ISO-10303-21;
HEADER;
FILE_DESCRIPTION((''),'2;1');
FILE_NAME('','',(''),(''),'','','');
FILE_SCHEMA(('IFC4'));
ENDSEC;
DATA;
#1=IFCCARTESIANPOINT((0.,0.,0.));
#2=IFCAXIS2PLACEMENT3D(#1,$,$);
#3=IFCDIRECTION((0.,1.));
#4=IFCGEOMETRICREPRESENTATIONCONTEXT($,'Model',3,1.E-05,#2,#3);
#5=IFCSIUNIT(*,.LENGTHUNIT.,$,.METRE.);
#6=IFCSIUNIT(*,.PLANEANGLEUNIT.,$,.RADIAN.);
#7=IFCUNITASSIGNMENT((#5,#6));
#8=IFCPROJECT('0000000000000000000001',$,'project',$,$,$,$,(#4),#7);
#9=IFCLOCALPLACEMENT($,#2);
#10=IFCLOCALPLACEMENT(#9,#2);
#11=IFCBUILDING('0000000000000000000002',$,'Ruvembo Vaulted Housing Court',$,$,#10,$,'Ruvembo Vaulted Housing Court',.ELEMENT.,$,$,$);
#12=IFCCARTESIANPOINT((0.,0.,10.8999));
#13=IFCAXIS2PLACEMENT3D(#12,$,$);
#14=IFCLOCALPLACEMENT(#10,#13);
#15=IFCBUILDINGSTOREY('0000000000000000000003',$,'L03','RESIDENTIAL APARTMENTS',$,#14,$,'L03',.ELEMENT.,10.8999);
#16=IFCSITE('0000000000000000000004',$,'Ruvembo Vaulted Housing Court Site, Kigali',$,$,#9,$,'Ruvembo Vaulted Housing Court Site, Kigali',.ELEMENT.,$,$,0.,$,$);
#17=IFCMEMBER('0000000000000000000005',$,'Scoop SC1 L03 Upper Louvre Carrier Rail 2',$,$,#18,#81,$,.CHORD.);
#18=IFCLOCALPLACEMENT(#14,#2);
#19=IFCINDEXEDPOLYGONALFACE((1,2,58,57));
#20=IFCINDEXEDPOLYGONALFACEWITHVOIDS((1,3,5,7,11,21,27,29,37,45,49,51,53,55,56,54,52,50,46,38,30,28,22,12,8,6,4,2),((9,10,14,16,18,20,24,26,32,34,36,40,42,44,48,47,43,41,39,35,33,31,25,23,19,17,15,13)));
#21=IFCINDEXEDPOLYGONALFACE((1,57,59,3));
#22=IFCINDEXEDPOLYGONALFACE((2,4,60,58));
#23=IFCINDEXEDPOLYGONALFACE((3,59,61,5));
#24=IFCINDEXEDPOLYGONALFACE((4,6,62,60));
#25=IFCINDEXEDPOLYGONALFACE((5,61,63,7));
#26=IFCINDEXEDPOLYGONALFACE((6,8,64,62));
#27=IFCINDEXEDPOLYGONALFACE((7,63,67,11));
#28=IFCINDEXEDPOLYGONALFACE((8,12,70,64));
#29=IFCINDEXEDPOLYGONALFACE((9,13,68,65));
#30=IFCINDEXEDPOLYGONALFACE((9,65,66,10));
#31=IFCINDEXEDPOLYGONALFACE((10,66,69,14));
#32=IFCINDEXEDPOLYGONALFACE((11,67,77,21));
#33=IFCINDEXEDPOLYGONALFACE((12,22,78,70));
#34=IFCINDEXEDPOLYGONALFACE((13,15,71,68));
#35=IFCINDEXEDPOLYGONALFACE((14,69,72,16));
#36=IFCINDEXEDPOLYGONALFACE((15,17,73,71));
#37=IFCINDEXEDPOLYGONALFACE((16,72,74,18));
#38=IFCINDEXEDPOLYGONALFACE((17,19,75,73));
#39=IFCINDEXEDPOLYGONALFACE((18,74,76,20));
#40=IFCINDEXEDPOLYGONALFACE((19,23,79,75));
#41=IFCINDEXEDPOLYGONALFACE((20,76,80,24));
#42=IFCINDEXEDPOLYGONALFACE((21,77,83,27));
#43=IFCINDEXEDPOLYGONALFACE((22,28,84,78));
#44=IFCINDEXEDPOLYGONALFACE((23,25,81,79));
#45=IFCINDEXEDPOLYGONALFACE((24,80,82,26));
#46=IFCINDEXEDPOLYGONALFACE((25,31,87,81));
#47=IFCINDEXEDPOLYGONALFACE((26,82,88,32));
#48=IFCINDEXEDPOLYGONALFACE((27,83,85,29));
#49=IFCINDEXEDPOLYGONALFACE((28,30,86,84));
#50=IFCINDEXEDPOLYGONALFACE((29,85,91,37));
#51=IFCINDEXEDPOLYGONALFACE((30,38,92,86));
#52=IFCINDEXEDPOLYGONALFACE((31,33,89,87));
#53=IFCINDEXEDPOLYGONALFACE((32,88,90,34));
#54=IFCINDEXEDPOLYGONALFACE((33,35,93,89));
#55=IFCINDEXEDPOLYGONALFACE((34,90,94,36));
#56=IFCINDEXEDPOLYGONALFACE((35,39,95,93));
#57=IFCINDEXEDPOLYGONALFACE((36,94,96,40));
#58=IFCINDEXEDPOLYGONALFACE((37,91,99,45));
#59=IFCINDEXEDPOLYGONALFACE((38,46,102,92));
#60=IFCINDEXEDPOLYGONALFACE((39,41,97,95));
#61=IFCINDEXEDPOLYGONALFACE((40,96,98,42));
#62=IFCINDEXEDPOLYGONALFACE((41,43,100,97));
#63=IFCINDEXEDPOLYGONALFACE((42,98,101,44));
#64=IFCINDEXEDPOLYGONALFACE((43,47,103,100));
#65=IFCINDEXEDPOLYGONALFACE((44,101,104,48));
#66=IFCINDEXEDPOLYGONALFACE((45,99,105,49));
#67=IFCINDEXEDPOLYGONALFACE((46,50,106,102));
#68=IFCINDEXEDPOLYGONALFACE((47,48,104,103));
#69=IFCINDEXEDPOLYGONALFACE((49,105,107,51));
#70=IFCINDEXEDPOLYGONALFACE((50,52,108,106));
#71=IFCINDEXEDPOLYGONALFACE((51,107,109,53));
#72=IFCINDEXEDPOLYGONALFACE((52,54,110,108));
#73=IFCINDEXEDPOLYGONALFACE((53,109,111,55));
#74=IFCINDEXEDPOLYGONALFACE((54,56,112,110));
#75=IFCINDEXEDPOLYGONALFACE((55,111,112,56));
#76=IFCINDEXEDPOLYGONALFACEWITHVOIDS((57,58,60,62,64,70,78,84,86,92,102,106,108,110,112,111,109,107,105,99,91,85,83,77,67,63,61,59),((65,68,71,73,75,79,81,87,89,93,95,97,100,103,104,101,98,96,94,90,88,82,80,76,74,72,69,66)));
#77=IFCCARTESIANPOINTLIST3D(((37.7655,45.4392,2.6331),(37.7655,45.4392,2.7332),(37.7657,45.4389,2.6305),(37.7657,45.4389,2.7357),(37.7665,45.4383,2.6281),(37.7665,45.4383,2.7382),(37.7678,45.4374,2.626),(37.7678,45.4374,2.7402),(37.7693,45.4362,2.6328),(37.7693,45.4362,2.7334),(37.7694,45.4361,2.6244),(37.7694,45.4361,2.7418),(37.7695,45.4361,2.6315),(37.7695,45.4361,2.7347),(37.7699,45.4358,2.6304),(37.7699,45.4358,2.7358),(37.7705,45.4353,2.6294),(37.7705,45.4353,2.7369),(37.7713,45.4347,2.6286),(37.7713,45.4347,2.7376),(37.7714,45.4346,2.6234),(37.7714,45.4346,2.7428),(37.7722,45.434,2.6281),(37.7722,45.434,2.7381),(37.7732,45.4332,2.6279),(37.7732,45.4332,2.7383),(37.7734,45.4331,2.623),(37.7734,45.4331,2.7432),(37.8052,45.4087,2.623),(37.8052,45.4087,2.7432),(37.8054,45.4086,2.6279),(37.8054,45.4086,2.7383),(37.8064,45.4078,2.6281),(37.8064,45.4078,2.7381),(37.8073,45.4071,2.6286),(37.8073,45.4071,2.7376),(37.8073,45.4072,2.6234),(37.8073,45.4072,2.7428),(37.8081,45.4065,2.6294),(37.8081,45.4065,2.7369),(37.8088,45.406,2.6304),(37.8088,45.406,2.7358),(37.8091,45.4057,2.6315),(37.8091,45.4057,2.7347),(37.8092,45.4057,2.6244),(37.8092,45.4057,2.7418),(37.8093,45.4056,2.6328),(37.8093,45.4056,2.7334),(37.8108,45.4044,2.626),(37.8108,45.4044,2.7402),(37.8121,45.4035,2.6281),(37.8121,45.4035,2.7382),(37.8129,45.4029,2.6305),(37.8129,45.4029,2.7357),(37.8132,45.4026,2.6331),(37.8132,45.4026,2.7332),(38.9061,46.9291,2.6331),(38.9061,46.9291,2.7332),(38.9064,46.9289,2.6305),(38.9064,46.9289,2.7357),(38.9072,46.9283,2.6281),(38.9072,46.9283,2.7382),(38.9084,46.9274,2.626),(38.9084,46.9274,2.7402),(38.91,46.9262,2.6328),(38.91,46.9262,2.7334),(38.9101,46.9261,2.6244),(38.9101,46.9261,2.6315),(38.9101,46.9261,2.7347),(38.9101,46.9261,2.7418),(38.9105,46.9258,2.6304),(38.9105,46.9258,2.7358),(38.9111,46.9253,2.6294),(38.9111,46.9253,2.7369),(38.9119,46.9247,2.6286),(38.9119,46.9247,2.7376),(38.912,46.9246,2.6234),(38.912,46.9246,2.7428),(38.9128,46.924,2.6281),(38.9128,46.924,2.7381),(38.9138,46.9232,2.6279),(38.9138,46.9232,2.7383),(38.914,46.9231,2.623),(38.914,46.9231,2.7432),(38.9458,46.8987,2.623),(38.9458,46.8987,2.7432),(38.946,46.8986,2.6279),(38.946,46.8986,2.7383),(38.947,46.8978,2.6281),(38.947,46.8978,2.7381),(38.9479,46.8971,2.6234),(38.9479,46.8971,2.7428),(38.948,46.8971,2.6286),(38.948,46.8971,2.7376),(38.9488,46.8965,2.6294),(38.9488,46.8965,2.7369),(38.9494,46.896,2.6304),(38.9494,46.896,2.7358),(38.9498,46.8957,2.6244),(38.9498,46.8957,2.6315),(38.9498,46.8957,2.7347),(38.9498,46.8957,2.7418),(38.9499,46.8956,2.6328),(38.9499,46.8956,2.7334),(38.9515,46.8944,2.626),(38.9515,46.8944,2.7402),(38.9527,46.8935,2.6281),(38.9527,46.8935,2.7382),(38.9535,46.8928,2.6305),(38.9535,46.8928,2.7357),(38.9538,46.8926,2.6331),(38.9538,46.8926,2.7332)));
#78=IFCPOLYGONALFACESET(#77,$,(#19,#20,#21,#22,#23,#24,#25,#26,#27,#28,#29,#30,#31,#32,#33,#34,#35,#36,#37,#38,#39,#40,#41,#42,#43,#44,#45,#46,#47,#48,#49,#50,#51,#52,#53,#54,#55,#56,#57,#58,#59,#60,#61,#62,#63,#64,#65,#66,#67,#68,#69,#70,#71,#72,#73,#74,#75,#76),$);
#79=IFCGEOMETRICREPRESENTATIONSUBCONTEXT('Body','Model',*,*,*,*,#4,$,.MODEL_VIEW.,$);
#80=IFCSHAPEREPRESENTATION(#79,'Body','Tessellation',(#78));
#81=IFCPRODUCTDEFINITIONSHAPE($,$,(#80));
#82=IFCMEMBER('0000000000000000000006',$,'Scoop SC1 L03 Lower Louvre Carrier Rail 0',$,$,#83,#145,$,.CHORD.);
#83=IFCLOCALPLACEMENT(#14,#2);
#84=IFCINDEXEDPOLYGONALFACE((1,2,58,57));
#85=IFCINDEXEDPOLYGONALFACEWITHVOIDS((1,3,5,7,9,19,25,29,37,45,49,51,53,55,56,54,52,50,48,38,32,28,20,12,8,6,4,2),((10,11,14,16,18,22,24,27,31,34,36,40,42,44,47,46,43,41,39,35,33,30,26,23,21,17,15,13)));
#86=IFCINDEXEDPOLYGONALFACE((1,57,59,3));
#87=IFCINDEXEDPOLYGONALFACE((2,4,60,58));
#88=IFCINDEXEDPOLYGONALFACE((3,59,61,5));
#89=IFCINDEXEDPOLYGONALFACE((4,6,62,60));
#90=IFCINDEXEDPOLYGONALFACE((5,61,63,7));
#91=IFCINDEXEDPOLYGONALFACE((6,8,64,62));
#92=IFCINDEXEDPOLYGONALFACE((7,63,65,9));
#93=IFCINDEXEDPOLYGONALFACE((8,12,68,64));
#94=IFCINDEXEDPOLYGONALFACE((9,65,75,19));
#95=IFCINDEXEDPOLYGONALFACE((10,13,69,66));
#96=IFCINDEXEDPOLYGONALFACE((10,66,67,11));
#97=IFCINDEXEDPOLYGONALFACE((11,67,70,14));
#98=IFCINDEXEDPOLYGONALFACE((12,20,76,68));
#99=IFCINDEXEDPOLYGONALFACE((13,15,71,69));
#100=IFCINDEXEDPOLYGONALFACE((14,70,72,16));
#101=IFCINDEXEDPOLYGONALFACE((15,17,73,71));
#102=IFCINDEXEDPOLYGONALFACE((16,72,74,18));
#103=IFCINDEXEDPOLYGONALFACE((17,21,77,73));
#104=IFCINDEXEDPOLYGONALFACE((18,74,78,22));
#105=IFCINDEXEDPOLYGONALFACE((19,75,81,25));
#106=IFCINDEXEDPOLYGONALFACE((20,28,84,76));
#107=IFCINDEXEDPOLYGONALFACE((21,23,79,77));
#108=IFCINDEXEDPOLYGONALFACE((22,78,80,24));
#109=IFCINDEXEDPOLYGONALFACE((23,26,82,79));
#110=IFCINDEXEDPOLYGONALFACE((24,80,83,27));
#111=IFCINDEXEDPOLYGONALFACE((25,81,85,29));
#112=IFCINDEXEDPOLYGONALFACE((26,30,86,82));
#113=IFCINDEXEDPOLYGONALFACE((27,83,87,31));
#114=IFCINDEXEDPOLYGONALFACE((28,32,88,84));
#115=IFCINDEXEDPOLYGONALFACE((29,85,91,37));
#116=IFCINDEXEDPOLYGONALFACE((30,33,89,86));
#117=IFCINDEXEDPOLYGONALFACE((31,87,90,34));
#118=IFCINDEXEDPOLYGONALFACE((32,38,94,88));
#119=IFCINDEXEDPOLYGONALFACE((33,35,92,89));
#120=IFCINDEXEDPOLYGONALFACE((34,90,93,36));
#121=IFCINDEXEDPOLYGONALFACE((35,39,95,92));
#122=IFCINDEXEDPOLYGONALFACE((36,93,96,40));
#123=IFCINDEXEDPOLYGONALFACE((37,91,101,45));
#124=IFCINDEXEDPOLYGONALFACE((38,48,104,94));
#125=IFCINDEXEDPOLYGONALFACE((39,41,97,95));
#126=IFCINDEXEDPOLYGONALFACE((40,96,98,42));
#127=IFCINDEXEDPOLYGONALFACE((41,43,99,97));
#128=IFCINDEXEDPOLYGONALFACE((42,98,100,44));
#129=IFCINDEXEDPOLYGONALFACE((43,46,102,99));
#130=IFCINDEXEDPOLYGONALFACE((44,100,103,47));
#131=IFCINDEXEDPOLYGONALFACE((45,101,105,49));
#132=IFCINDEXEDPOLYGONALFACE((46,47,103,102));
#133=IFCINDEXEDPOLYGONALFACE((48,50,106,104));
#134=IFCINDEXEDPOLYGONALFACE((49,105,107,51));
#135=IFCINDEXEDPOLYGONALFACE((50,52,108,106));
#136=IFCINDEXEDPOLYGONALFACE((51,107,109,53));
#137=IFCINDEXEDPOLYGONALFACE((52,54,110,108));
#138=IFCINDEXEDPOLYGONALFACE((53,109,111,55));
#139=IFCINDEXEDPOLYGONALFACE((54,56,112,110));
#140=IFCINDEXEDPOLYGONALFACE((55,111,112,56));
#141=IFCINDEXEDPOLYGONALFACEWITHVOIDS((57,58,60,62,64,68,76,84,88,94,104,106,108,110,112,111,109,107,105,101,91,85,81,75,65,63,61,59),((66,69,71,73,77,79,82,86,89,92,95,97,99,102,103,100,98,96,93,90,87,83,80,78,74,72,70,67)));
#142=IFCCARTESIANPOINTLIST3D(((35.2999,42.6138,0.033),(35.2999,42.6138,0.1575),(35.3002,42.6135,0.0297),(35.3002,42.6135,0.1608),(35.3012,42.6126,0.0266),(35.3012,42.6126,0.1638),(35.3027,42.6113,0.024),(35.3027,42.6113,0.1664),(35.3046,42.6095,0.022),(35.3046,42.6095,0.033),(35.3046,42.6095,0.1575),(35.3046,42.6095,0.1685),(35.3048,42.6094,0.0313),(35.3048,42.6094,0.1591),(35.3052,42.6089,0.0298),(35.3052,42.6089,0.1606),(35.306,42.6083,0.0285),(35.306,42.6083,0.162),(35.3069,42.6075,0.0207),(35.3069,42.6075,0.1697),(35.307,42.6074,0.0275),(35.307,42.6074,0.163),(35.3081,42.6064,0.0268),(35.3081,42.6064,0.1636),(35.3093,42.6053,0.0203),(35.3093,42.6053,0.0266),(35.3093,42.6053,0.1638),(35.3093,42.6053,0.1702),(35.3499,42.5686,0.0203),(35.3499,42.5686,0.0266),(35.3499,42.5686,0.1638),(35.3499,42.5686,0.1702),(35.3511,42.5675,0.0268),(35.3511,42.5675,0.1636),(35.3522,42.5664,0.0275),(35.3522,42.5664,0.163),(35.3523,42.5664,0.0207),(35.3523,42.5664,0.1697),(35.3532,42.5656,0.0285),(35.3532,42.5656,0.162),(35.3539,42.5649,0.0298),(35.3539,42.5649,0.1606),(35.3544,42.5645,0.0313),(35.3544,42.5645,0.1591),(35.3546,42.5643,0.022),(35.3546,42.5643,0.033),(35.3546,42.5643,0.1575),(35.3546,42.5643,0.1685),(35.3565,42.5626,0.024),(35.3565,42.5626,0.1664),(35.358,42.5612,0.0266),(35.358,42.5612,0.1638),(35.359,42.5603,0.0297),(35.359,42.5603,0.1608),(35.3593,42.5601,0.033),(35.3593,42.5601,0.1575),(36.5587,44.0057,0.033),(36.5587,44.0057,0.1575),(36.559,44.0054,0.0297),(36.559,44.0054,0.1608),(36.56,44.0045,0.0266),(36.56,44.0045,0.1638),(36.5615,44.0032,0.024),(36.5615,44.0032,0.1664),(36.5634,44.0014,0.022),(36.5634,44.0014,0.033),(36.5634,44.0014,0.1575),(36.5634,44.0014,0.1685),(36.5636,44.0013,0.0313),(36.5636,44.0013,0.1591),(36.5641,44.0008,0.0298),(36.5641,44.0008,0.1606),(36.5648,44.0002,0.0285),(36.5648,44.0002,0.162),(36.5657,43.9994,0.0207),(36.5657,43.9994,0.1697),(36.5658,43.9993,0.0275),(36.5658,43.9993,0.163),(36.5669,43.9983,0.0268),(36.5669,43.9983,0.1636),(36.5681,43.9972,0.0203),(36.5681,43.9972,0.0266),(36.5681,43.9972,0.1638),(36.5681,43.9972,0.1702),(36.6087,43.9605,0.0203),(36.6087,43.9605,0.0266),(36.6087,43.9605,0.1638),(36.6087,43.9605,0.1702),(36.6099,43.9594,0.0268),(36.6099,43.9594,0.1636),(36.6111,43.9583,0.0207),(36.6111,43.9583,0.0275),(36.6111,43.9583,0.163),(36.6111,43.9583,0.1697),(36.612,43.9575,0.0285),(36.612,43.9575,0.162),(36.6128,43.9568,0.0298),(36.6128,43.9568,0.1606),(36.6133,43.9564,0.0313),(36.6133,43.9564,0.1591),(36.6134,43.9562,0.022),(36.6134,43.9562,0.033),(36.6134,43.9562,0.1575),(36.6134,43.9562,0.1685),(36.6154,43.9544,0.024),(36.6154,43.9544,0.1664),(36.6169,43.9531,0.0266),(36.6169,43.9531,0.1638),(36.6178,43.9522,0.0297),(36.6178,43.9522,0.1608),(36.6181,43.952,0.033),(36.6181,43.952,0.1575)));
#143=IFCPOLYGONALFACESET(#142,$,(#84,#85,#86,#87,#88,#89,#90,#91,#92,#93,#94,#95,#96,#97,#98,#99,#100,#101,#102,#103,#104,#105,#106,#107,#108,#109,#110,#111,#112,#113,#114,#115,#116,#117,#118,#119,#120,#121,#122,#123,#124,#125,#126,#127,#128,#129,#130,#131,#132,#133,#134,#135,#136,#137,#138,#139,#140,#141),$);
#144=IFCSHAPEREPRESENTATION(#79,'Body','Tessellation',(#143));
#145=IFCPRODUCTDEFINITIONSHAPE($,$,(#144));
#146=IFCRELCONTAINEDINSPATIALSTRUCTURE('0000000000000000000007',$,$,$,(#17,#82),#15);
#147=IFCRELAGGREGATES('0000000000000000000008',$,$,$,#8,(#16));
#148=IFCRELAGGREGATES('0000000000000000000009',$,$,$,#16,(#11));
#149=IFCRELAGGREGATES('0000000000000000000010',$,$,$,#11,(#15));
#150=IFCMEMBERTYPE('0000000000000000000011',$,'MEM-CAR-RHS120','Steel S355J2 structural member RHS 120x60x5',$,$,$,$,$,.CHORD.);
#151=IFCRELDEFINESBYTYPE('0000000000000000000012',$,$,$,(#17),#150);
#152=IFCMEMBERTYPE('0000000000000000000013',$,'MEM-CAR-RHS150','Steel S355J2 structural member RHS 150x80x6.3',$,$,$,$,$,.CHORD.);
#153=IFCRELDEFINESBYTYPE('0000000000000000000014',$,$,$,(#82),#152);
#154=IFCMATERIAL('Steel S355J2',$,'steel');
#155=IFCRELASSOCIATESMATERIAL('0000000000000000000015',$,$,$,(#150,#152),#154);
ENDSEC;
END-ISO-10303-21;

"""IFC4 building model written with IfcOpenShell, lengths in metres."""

from ifc_helpers import new_model, si_unit, direction, frame, origin, origin_2d, place, context, subcontext, project, spatial, hollow_rectangle, extrude, material, material_profile, profile_set, type_object, element, save


model = new_model("IFC4")

# Units and contexts
model_context = context("Model", 3, precision=1e-05, world=origin(), true_north=direction((0.0, 1.0)))
body_context = subcontext(model_context, "Body", "Model", "MODEL_VIEW")
ifc_project = project(units=[si_unit("LENGTHUNIT", "METRE"), si_unit("PLANEANGLEUNIT", "RADIAN")], contexts=[model_context])

# Site, building, storey
site_placement = place(None, origin())
site = spatial("IfcSite", under=ifc_project, at=site_placement, Name="Ruvembo Vaulted Housing Court Site, Kigali", LongName="Ruvembo Vaulted Housing Court Site, Kigali", CompositionType="ELEMENT", RefElevation=0.0)
building_placement = place(site_placement, origin())
building = spatial("IfcBuilding", under=site, at=building_placement, Name="Ruvembo Vaulted Housing Court", LongName="Ruvembo Vaulted Housing Court", CompositionType="ELEMENT")
storey_placement = place(building_placement, frame((0.0, 0.0, 10.8999)))
storey = spatial("IfcBuildingStorey", under=building, at=storey_placement, Name="L03", Description="RESIDENTIAL APARTMENTS", LongName="L03", CompositionType="ELEMENT", Elevation=10.8999)

# Shared definitions
ifc_material_1 = material(Name="Steel S355J2", Category="steel")

# Members
ifc_material_profile_1 = material_profile(ifc_material_1, hollow_rectangle(XDim=0.0601, YDim=0.1201, WallThickness=0.0049, InnerFilletRadius=0.0049, OuterFilletRadius=0.01, at=origin_2d()), Name="RHS 120x60x5")
ifc_profile_set_1 = profile_set([ifc_material_profile_1], Name="Steel S355J2")
member_type_1 = type_object("IfcMemberType", Name="MEM-CAR-RHS120", Description="Steel S355J2 structural member RHS 120x60x5", PredefinedType="CHORD", material=ifc_profile_set_1)
member_1_placement = place(storey_placement, frame((37.7893, 45.4209, 2.6831), z_axis=(0.607861, 0.794044, 0.0), x_axis=(-0.794044, 0.607861, 0.0)))
element("IfcMember", 1, at=member_1_placement, inside=storey, type_object=member_type_1, Name="Scoop SC1 L03 Upper Louvre Carrier Rail 2", PredefinedType="CHORD", context=body_context, shape_type="SweptSolid", body=[
    extrude(hollow_rectangle(XDim=0.0601, YDim=0.1201, WallThickness=0.0049, InnerFilletRadius=0.0049, OuterFilletRadius=0.01, at=origin_2d()), origin(), (0.0, 0.0, 1.0), 1.8765),
])
ifc_material_profile_2 = material_profile(ifc_material_1, hollow_rectangle(XDim=0.0801, YDim=0.1499, WallThickness=0.0063, InnerFilletRadius=0.0063, OuterFilletRadius=0.0127, at=origin_2d()), Name="RHS 150x80x6.3")
ifc_profile_set_2 = profile_set([ifc_material_profile_2], Name="Steel S355J2")
member_type_2 = type_object("IfcMemberType", Name="MEM-CAR-RHS150", Description="Steel S355J2 structural member RHS 150x80x6.3", PredefinedType="CHORD", material=ifc_profile_set_2)
for number, where, z_axis, x_axis, name in (
    (2, (35.3296, 42.5869, 0.0952), (0.670767, 0.741668, 0.0), (-0.741668, 0.670767, 0.0), "Scoop SC1 L03 Lower Louvre Carrier Rail 0"),
):
    element("IfcMember", number, at=place(storey_placement, frame(where, z_axis=z_axis, x_axis=x_axis)), inside=storey, type_object=member_type_2, Name=name, PredefinedType="CHORD", context=body_context, shape_type="SweptSolid", body=[
        extrude(hollow_rectangle(XDim=0.0801, YDim=0.1499, WallThickness=0.0063, InnerFilletRadius=0.0063, OuterFilletRadius=0.0127, at=origin_2d()), origin(), (0.0, 0.0, 1.0), 1.8767),
    ])

save(model, "model.ifc")
